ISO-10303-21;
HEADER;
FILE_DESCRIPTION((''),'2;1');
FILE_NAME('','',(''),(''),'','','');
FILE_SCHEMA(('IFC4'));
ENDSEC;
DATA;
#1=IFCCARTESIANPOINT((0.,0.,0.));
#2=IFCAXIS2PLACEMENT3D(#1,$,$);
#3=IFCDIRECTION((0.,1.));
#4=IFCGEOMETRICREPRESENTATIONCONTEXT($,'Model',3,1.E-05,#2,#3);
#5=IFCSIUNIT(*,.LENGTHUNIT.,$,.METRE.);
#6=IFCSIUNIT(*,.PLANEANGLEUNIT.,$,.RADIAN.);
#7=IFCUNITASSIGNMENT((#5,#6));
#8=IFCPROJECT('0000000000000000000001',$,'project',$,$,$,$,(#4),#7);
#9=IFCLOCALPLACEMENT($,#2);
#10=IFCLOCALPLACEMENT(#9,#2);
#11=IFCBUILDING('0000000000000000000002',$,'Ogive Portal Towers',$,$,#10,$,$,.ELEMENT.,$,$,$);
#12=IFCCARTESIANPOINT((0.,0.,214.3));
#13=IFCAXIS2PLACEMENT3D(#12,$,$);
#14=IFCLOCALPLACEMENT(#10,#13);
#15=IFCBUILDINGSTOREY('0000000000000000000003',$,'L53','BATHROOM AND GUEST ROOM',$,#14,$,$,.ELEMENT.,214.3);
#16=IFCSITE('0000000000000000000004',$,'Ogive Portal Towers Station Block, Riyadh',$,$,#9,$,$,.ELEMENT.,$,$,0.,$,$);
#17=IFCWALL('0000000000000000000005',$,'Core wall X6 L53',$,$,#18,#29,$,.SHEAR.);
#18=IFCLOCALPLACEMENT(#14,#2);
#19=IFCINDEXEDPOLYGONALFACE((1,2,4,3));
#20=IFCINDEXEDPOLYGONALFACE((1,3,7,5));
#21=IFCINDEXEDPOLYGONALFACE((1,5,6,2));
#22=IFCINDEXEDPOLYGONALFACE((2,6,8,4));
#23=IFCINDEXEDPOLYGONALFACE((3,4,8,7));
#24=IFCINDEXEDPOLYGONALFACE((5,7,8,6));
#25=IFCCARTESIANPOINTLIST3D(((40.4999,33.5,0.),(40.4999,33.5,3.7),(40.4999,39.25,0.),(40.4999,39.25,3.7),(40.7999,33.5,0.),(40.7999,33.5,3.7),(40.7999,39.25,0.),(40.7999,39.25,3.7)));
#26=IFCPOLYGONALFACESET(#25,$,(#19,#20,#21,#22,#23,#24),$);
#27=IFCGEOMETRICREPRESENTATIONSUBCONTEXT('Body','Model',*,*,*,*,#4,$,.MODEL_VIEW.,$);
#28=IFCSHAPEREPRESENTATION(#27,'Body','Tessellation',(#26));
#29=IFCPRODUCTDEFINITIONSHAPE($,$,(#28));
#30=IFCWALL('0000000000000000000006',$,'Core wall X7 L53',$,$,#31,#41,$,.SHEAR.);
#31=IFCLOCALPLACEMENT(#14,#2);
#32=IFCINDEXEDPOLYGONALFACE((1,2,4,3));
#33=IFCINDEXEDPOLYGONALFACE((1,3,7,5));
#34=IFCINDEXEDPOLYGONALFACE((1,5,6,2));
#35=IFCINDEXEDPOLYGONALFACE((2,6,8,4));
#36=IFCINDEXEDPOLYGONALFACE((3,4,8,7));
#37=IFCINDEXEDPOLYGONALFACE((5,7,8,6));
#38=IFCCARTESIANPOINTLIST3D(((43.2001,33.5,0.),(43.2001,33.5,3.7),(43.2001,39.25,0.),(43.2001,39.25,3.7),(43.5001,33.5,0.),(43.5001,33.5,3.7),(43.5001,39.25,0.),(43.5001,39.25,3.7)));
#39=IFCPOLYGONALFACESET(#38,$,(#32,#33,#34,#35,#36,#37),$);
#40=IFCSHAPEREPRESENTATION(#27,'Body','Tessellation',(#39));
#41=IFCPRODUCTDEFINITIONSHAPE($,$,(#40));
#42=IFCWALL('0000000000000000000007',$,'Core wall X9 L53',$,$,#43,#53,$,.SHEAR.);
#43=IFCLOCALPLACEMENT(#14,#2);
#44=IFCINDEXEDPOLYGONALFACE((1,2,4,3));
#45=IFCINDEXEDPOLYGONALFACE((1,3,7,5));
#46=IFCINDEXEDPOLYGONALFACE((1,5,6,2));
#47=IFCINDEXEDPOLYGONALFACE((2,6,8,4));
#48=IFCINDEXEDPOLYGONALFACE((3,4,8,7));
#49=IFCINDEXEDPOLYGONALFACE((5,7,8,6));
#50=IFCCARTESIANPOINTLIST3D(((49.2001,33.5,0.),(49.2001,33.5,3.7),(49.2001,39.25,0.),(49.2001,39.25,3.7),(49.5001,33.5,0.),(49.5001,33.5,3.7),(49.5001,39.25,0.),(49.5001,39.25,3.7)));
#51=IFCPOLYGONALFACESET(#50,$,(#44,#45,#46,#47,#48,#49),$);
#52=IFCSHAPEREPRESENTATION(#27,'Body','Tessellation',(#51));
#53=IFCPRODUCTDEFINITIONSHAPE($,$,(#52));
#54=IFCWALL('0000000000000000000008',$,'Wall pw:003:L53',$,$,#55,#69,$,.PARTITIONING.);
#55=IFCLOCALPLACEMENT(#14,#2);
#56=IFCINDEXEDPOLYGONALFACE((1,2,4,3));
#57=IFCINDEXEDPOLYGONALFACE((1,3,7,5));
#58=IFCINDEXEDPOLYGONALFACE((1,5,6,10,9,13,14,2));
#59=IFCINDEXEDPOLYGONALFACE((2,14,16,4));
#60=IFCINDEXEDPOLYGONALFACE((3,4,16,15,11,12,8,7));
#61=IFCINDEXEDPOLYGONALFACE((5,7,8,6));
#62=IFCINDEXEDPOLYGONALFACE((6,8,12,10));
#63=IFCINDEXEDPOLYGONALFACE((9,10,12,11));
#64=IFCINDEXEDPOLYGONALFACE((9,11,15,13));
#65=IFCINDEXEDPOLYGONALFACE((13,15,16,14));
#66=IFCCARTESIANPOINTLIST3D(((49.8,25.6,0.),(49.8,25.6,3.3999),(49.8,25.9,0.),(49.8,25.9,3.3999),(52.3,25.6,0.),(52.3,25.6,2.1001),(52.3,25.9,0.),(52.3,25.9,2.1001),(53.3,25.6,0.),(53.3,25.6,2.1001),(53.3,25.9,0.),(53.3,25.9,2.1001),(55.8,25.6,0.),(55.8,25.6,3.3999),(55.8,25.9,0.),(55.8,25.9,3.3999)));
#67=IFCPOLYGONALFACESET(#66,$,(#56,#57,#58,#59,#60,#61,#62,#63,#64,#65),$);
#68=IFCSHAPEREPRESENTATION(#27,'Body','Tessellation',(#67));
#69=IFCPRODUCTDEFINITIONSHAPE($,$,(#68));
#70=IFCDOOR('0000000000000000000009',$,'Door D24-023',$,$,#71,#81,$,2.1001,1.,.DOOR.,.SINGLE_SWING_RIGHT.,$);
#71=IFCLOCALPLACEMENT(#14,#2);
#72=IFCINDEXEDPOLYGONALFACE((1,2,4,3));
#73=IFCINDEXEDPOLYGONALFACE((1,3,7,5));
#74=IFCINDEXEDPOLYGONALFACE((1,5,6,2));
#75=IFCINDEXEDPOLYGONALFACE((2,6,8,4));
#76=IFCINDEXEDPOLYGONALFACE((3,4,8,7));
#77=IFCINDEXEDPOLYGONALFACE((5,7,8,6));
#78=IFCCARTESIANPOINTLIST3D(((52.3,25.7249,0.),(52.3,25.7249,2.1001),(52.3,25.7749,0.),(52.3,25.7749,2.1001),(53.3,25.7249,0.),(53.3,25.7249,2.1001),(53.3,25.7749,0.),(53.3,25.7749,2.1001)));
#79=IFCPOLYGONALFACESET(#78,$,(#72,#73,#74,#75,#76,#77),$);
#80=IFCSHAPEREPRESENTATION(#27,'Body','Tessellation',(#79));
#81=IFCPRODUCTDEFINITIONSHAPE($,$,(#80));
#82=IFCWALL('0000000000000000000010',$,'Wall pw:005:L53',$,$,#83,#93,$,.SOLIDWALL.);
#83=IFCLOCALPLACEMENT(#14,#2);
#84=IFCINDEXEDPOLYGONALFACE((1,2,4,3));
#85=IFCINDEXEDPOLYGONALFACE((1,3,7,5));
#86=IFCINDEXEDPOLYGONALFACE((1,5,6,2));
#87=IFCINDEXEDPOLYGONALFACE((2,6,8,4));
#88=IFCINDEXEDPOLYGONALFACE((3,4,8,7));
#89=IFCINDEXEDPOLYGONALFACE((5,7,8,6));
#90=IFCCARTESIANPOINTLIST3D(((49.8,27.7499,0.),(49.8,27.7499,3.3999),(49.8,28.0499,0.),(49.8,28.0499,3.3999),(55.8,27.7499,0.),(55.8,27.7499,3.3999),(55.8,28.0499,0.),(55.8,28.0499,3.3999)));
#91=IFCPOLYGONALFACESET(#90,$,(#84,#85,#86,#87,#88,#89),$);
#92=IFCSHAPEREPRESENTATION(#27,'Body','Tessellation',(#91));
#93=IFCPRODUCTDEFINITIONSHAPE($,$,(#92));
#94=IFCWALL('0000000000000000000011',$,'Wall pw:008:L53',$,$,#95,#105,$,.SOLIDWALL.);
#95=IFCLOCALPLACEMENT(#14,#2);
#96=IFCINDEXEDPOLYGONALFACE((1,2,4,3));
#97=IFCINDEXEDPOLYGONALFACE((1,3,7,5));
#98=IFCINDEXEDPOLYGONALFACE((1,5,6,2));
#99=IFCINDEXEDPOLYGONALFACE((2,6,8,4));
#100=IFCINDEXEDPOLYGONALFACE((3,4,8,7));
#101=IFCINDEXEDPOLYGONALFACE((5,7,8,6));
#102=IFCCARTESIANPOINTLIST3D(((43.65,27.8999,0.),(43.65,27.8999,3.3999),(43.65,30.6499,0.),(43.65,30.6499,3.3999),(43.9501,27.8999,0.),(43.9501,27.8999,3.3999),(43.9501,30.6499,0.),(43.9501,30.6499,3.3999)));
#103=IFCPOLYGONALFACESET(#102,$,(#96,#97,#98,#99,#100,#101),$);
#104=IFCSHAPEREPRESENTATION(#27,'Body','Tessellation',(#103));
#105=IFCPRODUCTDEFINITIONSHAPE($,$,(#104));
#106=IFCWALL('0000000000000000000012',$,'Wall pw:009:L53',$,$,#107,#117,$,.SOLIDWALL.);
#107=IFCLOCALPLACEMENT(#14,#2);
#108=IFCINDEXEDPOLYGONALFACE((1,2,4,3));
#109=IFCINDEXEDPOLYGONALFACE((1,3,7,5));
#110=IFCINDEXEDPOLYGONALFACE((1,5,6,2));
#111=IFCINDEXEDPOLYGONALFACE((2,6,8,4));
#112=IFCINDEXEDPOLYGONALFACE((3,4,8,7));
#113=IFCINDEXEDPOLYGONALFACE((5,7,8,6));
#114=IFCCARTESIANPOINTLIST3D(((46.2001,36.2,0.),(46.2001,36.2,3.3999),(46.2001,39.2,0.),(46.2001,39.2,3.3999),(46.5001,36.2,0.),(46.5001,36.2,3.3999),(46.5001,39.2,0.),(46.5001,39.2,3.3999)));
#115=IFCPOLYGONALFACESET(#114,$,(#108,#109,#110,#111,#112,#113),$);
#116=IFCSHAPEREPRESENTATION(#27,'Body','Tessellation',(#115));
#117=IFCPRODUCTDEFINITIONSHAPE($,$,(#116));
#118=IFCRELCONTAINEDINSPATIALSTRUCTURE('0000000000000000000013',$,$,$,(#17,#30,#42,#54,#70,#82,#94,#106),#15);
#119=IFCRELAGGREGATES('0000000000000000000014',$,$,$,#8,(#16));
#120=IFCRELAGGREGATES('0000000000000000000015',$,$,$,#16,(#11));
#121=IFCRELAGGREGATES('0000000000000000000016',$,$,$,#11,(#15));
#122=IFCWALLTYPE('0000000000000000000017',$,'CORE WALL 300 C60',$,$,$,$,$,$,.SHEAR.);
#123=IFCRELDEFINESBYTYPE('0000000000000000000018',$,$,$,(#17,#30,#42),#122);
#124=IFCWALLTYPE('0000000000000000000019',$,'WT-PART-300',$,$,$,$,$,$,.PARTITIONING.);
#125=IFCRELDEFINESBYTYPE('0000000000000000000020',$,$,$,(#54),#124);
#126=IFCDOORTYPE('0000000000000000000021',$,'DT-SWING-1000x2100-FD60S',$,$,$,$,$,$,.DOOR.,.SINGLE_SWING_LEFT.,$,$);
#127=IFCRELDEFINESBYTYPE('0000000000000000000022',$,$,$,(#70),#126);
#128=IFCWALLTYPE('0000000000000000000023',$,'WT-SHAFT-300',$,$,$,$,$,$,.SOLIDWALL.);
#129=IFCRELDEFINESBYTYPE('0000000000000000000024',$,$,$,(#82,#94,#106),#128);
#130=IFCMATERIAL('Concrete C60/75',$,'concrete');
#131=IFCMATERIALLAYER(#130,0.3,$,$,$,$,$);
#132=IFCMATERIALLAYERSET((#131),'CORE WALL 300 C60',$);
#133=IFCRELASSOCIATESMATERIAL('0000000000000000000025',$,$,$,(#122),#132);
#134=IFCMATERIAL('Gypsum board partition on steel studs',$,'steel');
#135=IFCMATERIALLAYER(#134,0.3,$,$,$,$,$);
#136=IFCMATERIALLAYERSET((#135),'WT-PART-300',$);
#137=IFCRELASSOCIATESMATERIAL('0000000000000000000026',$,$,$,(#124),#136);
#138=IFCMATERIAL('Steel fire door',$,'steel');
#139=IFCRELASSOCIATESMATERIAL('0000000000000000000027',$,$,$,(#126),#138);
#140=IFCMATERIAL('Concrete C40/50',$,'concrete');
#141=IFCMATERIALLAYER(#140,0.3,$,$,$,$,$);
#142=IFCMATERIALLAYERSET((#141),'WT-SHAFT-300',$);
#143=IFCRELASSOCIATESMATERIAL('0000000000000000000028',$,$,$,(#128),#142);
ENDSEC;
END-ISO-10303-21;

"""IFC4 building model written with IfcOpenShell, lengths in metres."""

from ifc_helpers import new_model, si_unit, direction, frame, frame_2d, origin, place, context, subcontext, project, spatial, rectangle, extrude, material, layer, layer_set, type_object, element, fill, save


model = new_model("IFC4")

# Units and contexts
model_context = context("Model", 3, precision=1e-05, world=origin(), true_north=direction((0.0, 1.0)))
body_context = subcontext(model_context, "Body", "Model", "MODEL_VIEW")
ifc_project = project(units=[si_unit("LENGTHUNIT", "METRE"), si_unit("PLANEANGLEUNIT", "RADIAN")], contexts=[model_context])

# Site, building, storey
site_placement = place(None, origin())
site = spatial("IfcSite", under=ifc_project, at=site_placement, Name="Ogive Portal Towers Station Block, Riyadh", CompositionType="ELEMENT", RefElevation=0.0)
building_placement = place(site_placement, origin())
building = spatial("IfcBuilding", under=site, at=building_placement, Name="Ogive Portal Towers", CompositionType="ELEMENT")
storey_placement = place(building_placement, frame((0.0, 0.0, 214.3)))
storey = spatial("IfcBuildingStorey", under=building, at=storey_placement, Name="L53", Description="BATHROOM AND GUEST ROOM", CompositionType="ELEMENT", Elevation=214.3)

# Shared definitions
ifc_material_1 = material(Name="Concrete C60/75", Category="concrete")
ifc_layer_1 = layer(ifc_material_1, 0.3)
ifc_layer_set_1 = layer_set([ifc_layer_1], Name="CORE WALL 300 C60")
wall_type_1 = type_object("IfcWallType", Name="CORE WALL 300 C60", PredefinedType="SHEAR", material=ifc_layer_set_1)
ifc_material_2 = material(Name="Steel fire door", Category="steel")

# Walls
for number, where, z_axis, x_axis, name in (
    (1, (40.6499, 33.5, 0.0), (0.0, 0.0, 1.0), (0.0, 1.0, 0.0), "Core wall X6 L53"),
    (2, (43.3501, 33.5, 0.0), (0.0, 0.0, 1.0), (0.0, 1.0, 0.0), "Core wall X7 L53"),
    (3, (49.3501, 33.5, 0.0), (0.0, 0.0, 1.0), (0.0, 1.0, 0.0), "Core wall X9 L53"),
):
    element("IfcWall", number, at=place(storey_placement, frame(where, z_axis=z_axis, x_axis=x_axis)), inside=storey, type_object=wall_type_1, Name=name, PredefinedType="SHEAR", context=body_context, shape_type="SweptSolid", body=[
        extrude(rectangle(XDim=5.75, YDim=0.3, at=frame_2d((2.875, 0.0))), origin(), (0.0, 0.0, 1.0), 3.7),
    ])

# Wall, opening, door
ifc_material_3 = material(Name="Gypsum board partition on steel studs", Category="steel")
ifc_layer_2 = layer(ifc_material_3, 0.3)
ifc_layer_set_2 = layer_set([ifc_layer_2], Name="WT-PART-300")
wall_type_2 = type_object("IfcWallType", Name="WT-PART-300", PredefinedType="PARTITIONING", material=ifc_layer_set_2)
wall_1_placement = place(storey_placement, frame((49.8, 25.75, 0.0), z_axis=(0.0, 0.0, 1.0), x_axis=(1.0, 0.0, 0.0)))
wall_1 = element("IfcWall", 4, at=wall_1_placement, inside=storey, type_object=wall_type_2, Name="Wall pw:003:L53", PredefinedType="PARTITIONING", context=body_context, shape_type="SweptSolid", body=[
    extrude(rectangle(XDim=6.0, YDim=0.3, at=frame_2d((3.0, 0.0))), origin(), (0.0, 0.0, 1.0), 3.3999),
])
opening_1_placement = place(wall_1_placement, frame((2.5, 0.0, 0.0)))
opening_1 = element("IfcOpeningElement", 5, at=opening_1_placement, cuts=wall_1, PredefinedType="OPENING", context=body_context, shape_type="SweptSolid", body=[
    extrude(rectangle(XDim=1.0, YDim=2.1001, at=frame_2d((0.5, 1.05))), frame((0.0, 0.1602, 0.0), z_axis=(0.0, -1.0, 0.0), x_axis=(1.0, 0.0, 0.0)), (0.0, 0.0, 1.0), 0.3201),
])
door_type_1 = type_object("IfcDoorType", Name="DT-SWING-1000x2100-FD60S", OperationType="SINGLE_SWING_LEFT", PredefinedType="DOOR", material=ifc_material_2)
door_1_placement = place(opening_1_placement, origin())
door_1 = element("IfcDoor", 6, at=door_1_placement, inside=storey, type_object=door_type_1, Name="Door D24-023", OperationType="SINGLE_SWING_RIGHT", OverallHeight=2.1001, OverallWidth=1.0, PredefinedType="DOOR", context=body_context, shape_type="SweptSolid", body=[
    extrude(rectangle(XDim=1.0, YDim=2.1001, at=frame_2d((0.5, 1.05))), frame((0.0, 0.0249, 0.0), z_axis=(0.0, -1.0, 0.0), x_axis=(1.0, 0.0, 0.0)), (0.0, 0.0, 1.0), 0.05),
])
fill(opening_1, door_1)

# Shared definitions
ifc_material_4 = material(Name="Concrete C40/50", Category="concrete")
ifc_layer_3 = layer(ifc_material_4, 0.3)
ifc_layer_set_3 = layer_set([ifc_layer_3], Name="WT-SHAFT-300")
wall_type_3 = type_object("IfcWallType", Name="WT-SHAFT-300", PredefinedType="SOLIDWALL", material=ifc_layer_set_3)

# Walls
wall_2_placement = place(storey_placement, frame((49.8, 27.8999, 0.0), z_axis=(0.0, 0.0, 1.0), x_axis=(1.0, 0.0, 0.0)))
element("IfcWall", 7, at=wall_2_placement, inside=storey, type_object=wall_type_3, Name="Wall pw:005:L53", PredefinedType="SOLIDWALL", context=body_context, shape_type="SweptSolid", body=[
    extrude(rectangle(XDim=6.0, YDim=0.3, at=frame_2d((3.0, 0.0))), origin(), (0.0, 0.0, 1.0), 3.3999),
])
wall_3_placement = place(storey_placement, frame((43.8, 27.8999, 0.0), z_axis=(0.0, 0.0, 1.0), x_axis=(0.0, 1.0, 0.0)))
element("IfcWall", 8, at=wall_3_placement, inside=storey, type_object=wall_type_3, Name="Wall pw:008:L53", PredefinedType="SOLIDWALL", context=body_context, shape_type="SweptSolid", body=[
    extrude(rectangle(XDim=2.75, YDim=0.3, at=frame_2d((1.375, 0.0))), origin(), (0.0, 0.0, 1.0), 3.3999),
])
wall_4_placement = place(storey_placement, frame((46.3501, 36.2, 0.0), z_axis=(0.0, 0.0, 1.0), x_axis=(0.0, 1.0, 0.0)))
element("IfcWall", 9, at=wall_4_placement, inside=storey, type_object=wall_type_3, Name="Wall pw:009:L53", PredefinedType="SOLIDWALL", context=body_context, shape_type="SweptSolid", body=[
    extrude(rectangle(XDim=3.0, YDim=0.3, at=frame_2d((1.5, 0.0))), origin(), (0.0, 0.0, 1.0), 3.3999),
])

save(model, "model.ifc")
